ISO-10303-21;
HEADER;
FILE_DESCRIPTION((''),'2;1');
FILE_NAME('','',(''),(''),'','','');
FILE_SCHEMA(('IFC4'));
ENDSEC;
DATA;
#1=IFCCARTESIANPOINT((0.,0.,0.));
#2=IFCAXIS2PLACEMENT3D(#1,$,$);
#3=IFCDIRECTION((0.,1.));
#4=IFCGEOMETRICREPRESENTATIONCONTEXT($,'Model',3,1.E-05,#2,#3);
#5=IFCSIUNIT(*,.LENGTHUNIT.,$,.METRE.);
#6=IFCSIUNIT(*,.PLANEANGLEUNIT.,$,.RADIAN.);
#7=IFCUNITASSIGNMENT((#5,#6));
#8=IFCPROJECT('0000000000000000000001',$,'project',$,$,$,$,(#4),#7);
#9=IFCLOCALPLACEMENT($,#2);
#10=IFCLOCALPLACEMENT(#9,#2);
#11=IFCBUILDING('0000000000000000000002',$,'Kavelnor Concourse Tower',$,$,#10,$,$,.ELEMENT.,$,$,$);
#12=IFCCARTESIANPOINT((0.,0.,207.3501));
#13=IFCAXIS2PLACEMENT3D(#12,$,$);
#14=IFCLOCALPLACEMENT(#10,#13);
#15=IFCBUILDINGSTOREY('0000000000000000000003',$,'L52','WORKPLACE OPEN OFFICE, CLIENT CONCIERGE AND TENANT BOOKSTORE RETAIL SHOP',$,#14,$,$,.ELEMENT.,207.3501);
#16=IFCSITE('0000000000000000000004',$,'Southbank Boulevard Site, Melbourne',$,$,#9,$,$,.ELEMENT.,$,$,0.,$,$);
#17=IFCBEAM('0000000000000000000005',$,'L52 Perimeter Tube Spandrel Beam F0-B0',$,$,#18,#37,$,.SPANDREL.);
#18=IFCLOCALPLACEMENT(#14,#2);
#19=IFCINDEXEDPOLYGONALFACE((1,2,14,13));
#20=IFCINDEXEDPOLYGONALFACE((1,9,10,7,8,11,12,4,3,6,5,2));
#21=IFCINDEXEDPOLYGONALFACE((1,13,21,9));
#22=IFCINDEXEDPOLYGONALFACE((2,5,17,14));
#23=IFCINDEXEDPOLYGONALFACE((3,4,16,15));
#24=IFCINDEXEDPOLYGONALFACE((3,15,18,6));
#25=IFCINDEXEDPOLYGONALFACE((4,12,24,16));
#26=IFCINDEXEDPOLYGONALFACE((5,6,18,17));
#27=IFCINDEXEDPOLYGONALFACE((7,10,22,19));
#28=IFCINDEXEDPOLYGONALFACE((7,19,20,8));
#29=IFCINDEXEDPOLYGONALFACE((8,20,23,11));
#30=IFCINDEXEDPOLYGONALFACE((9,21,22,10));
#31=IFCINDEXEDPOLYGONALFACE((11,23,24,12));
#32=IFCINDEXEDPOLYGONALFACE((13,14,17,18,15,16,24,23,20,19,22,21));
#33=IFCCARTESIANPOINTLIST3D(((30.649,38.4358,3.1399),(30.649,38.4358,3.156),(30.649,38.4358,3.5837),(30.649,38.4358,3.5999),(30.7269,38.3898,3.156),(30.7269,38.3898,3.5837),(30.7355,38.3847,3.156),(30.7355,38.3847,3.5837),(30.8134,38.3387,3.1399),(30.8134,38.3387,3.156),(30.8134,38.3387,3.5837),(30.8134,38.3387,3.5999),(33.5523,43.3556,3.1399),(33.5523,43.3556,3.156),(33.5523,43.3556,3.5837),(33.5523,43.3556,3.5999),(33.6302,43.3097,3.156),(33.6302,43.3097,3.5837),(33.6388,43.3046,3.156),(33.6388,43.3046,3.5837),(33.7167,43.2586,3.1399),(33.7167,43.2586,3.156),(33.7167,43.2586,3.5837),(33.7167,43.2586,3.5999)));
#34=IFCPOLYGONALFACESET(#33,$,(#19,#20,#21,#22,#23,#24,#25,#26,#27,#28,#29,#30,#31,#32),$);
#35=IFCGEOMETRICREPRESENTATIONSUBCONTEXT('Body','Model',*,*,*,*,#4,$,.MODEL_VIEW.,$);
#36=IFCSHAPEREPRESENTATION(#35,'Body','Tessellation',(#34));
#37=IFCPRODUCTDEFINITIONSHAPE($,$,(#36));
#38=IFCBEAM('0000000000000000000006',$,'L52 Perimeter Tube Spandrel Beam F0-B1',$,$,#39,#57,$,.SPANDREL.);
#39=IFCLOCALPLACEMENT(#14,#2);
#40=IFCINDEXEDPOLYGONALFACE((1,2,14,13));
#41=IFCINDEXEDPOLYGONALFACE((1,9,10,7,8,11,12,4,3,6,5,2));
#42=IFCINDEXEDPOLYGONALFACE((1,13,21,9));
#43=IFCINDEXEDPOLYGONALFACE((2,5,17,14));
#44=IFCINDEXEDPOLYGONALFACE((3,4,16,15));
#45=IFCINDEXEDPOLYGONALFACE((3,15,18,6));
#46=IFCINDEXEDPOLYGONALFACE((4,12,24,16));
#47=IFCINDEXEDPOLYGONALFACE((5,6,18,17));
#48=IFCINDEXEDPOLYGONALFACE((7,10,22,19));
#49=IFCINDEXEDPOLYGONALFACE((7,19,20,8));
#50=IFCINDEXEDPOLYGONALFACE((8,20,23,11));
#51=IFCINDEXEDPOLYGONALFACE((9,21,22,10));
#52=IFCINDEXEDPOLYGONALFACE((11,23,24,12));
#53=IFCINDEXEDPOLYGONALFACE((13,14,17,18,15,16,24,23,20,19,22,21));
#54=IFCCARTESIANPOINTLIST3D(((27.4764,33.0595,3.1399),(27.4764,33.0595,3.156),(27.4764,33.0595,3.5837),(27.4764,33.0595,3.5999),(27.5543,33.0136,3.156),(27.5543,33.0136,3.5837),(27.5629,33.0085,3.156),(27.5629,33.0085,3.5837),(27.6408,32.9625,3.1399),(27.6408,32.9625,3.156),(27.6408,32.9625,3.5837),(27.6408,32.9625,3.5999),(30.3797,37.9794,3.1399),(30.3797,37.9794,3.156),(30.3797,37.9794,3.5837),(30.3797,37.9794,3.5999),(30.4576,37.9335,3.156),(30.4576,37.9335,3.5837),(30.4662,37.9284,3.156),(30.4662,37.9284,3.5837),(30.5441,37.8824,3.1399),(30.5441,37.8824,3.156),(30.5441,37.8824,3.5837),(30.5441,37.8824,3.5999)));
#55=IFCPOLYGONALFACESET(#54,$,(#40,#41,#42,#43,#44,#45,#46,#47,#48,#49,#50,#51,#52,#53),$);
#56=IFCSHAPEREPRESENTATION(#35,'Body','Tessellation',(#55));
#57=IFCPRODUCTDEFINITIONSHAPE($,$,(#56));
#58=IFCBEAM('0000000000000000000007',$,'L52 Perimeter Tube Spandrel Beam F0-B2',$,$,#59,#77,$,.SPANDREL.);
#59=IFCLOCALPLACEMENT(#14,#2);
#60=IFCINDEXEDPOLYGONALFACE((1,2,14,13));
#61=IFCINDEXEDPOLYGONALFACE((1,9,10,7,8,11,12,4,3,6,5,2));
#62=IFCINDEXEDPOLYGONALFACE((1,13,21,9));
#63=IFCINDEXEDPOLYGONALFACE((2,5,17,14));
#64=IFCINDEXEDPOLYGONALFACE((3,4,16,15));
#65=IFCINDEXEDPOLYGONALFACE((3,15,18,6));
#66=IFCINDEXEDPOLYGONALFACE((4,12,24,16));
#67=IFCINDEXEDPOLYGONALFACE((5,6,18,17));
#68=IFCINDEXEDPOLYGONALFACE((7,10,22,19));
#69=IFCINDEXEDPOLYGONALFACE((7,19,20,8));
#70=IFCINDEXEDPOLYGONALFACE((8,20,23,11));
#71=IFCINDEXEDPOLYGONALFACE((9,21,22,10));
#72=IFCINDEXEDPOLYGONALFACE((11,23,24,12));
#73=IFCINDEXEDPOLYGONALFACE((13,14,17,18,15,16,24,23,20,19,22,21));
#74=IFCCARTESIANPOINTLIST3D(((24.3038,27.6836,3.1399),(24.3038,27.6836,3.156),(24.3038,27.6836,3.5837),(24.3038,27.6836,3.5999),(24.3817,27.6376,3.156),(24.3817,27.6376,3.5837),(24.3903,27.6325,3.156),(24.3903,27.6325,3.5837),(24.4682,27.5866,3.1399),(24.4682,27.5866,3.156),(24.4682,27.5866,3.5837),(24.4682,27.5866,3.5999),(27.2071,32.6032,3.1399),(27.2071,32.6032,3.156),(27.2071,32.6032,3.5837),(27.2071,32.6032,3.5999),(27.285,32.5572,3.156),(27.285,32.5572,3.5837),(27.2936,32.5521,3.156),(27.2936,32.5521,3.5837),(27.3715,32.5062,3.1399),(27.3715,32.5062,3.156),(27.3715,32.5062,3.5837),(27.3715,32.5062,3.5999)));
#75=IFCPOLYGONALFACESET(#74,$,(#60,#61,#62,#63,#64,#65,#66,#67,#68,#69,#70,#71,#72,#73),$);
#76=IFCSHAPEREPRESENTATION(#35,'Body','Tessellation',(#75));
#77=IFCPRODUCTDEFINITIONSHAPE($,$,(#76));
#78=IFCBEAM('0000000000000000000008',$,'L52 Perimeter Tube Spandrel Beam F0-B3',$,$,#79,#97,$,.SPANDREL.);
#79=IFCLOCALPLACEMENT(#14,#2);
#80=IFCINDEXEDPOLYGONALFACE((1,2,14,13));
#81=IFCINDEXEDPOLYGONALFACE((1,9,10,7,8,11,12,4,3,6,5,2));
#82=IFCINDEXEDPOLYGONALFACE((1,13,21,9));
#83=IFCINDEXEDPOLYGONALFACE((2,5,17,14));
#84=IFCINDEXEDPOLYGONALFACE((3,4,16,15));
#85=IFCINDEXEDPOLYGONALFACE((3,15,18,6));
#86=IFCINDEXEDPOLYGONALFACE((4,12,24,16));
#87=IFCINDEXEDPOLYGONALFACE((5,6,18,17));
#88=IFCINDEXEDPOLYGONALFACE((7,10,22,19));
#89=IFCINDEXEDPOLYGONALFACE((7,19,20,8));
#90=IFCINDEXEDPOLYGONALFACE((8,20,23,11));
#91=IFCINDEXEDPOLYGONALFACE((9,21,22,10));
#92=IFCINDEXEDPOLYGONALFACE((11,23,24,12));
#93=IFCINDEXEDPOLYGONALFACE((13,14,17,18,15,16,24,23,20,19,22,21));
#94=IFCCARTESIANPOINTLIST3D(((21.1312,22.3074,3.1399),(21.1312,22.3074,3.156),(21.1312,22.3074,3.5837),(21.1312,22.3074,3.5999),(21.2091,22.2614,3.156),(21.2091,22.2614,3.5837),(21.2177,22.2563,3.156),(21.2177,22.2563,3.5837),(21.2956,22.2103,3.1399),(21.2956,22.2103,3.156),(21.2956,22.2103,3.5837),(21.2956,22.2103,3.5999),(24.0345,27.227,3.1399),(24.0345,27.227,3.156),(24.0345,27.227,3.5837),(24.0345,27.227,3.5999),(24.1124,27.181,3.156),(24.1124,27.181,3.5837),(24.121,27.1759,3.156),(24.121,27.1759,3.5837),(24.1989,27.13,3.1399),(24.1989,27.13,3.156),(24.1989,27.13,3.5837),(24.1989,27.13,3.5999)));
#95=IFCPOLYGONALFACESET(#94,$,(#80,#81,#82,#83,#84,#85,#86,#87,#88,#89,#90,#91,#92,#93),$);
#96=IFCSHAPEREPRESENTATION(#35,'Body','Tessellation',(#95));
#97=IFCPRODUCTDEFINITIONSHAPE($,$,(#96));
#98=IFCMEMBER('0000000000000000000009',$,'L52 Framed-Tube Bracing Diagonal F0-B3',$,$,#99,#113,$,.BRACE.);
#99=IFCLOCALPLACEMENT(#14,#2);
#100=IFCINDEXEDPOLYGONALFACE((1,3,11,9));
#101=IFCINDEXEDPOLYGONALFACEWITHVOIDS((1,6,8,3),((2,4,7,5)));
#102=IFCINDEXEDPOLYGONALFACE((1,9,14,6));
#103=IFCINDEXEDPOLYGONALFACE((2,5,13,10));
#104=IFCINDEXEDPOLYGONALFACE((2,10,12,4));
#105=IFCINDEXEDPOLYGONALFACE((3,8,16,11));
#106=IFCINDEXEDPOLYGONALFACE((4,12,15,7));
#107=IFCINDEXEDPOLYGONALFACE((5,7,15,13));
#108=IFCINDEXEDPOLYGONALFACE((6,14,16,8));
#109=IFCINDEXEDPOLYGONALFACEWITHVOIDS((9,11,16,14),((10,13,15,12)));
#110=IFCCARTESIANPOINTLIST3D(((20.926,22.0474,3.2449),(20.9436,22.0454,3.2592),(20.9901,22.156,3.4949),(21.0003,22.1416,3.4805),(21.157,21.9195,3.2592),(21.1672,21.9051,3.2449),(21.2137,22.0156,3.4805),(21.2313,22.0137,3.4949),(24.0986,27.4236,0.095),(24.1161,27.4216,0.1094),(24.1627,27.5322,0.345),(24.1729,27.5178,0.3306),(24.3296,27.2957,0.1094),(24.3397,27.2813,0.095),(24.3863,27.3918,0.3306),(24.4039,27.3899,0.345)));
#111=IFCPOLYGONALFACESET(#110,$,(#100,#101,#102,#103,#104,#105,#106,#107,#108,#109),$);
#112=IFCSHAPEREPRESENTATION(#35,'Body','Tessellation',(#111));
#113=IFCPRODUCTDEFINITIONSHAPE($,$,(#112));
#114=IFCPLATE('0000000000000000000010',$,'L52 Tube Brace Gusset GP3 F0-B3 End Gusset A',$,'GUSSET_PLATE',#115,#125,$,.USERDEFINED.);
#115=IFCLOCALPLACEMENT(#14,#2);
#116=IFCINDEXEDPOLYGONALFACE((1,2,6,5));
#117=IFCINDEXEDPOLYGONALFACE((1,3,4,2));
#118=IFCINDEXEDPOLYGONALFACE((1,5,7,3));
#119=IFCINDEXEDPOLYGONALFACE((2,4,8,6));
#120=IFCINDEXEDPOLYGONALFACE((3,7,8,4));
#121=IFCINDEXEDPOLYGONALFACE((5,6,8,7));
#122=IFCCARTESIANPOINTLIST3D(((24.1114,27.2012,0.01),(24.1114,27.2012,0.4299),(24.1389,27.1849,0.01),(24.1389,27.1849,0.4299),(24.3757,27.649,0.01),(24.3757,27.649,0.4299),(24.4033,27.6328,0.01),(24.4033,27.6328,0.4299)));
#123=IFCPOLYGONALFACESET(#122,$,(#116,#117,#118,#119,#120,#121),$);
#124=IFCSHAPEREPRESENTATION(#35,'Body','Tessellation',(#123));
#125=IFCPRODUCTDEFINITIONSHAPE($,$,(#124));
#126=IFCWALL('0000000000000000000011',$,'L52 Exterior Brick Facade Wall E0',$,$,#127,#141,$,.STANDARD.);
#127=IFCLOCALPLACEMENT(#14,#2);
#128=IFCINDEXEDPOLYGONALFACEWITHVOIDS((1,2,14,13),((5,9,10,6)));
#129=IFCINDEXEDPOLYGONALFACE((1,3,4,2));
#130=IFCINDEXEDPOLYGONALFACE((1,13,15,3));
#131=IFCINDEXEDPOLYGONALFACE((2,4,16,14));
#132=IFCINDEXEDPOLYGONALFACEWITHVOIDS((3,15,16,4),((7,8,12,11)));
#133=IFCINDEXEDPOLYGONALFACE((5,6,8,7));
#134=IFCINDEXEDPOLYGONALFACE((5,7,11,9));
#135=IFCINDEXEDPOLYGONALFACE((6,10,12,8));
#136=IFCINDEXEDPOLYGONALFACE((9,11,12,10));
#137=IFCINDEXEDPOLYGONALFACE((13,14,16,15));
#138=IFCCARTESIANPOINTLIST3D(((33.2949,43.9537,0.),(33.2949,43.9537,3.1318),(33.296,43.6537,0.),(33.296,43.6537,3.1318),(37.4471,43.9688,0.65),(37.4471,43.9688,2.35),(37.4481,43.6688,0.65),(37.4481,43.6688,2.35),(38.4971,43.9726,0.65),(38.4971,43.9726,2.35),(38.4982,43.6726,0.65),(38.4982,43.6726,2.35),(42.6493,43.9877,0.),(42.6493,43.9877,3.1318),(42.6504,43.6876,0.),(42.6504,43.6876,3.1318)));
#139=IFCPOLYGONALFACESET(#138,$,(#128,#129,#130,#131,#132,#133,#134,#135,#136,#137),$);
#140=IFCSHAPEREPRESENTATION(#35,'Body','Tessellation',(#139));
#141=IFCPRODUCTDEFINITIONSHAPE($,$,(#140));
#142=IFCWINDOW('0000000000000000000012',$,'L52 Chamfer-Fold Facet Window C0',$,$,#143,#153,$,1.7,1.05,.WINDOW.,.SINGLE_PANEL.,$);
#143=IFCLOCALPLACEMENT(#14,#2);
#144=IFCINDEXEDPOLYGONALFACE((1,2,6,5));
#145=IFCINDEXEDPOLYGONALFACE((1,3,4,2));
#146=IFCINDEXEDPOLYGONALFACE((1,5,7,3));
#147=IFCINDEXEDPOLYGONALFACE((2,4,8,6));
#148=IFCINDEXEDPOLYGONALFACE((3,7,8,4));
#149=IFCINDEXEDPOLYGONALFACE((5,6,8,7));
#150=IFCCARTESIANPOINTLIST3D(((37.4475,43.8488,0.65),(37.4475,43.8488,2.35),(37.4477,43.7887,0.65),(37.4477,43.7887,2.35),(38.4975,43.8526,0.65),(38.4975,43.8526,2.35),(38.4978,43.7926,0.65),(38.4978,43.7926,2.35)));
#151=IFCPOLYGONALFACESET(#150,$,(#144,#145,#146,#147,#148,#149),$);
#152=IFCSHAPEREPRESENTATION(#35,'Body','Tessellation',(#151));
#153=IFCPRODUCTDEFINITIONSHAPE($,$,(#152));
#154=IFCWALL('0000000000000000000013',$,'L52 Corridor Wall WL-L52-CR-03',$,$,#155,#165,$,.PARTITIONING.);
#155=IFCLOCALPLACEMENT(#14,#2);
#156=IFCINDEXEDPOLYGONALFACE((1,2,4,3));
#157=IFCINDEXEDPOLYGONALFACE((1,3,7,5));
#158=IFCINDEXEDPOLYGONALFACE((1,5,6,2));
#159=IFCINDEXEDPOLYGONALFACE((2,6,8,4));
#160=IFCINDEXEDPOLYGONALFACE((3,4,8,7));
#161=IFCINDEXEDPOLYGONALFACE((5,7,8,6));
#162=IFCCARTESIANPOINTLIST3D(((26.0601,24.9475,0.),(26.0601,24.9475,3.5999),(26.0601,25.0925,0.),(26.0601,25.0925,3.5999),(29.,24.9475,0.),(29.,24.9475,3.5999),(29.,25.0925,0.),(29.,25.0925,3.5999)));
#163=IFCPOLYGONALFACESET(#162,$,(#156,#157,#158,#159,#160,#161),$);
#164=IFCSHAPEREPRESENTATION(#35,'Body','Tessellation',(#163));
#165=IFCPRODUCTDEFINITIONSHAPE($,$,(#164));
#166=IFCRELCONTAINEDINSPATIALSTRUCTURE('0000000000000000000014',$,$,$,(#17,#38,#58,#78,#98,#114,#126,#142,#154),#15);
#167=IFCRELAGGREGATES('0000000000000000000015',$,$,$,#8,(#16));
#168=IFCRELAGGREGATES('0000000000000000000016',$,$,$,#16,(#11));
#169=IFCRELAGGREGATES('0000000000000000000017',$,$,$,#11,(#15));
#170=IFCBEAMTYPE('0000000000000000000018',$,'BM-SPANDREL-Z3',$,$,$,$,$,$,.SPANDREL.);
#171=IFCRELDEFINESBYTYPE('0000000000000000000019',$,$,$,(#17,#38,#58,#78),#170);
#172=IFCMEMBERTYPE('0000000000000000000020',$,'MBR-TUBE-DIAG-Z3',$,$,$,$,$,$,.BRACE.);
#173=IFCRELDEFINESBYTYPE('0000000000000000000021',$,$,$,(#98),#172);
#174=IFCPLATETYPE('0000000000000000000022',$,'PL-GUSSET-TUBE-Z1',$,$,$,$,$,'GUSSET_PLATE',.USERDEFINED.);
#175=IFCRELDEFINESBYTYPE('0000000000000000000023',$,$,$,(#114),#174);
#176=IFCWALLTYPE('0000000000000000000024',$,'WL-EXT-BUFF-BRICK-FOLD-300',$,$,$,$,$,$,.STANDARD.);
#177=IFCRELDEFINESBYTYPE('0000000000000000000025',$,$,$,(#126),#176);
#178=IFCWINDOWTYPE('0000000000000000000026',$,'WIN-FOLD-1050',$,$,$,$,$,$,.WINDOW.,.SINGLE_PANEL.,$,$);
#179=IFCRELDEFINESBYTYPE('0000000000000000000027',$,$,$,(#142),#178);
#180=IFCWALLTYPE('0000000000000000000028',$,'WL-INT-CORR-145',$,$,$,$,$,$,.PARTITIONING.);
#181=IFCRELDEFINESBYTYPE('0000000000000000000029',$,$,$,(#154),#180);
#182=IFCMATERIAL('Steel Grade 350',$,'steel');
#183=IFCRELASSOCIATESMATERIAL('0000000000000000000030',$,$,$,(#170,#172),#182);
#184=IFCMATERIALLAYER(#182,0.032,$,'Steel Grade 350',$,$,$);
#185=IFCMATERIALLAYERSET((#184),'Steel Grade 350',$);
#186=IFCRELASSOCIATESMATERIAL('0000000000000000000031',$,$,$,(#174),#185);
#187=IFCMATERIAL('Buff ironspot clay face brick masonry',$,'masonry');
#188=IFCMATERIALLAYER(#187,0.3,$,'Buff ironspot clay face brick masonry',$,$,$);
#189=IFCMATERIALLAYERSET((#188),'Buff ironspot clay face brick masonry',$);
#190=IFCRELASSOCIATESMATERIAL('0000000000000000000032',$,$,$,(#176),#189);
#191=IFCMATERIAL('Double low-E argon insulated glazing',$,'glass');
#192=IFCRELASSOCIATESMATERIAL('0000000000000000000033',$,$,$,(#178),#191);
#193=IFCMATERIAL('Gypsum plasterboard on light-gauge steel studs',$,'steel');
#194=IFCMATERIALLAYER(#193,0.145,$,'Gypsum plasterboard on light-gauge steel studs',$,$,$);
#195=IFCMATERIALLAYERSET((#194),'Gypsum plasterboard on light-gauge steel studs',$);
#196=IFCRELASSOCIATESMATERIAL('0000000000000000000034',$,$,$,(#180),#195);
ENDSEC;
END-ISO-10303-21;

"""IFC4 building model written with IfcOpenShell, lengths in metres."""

from ifc_helpers import new_model, si_unit, direction, frame, frame_2d, origin, origin_2d, place, context, subcontext, project, spatial, rectangle, hollow_rectangle, i_section, extrude, material, layer, layer_set, material_profile, profile_set, type_object, element, fill, save


model = new_model("IFC4")

# Units and contexts
model_context = context("Model", 3, precision=1e-05, world=origin(), true_north=direction((0.0, 1.0)))
body_context = subcontext(model_context, "Body", "Model", "MODEL_VIEW")
ifc_project = project(units=[si_unit("LENGTHUNIT", "METRE"), si_unit("PLANEANGLEUNIT", "RADIAN")], contexts=[model_context])

# Site, building, storey
site_placement = place(None, origin())
site = spatial("IfcSite", under=ifc_project, at=site_placement, Name="Southbank Boulevard Site, Melbourne", CompositionType="ELEMENT", RefElevation=0.0)
building_placement = place(site_placement, origin())
building = spatial("IfcBuilding", under=site, at=building_placement, Name="Kavelnor Concourse Tower", CompositionType="ELEMENT")
storey_placement = place(building_placement, frame((0.0, 0.0, 207.3501)))
storey = spatial("IfcBuildingStorey", under=building, at=storey_placement, Name="L52", Description="WORKPLACE OPEN OFFICE, CLIENT CONCIERGE AND TENANT BOOKSTORE RETAIL SHOP", CompositionType="ELEMENT", Elevation=207.3501)

# Shared definitions
ifc_material_1 = material(Name="Steel Grade 350", Category="steel")

# Beams
ifc_material_profile_1 = material_profile(ifc_material_1, i_section(OverallWidth=0.1909, OverallDepth=0.46, WebThickness=0.01, FlangeThickness=0.0161, at=origin_2d()), Name="460UB82")
ifc_profile_set_1 = profile_set([ifc_material_profile_1], Name="Steel Grade 350")
beam_type_1 = type_object("IfcBeamType", Name="BM-SPANDREL-Z3", PredefinedType="SPANDREL", material=ifc_profile_set_1)
for number, where, z_axis, x_axis, name in (
    (1, (33.6345, 43.3071, 3.3699), (-0.508222, -0.861226, 0.0), (0.861226, -0.508222, 0.0), "L52 Perimeter Tube Spandrel Beam F0-B0"),
    (2, (30.4619, 37.9309, 3.3699), (-0.508222, -0.861226, 0.0), (0.861226, -0.508222, 0.0), "L52 Perimeter Tube Spandrel Beam F0-B1"),
):
    element("IfcBeam", number, at=place(storey_placement, frame(where, z_axis=z_axis, x_axis=x_axis)), inside=storey, type_object=beam_type_1, Name=name, PredefinedType="SPANDREL", context=body_context, shape_type="SweptSolid", body=[
        extrude(i_section(OverallWidth=0.1909, OverallDepth=0.46, WebThickness=0.01, FlangeThickness=0.0161, at=origin_2d()), origin(), (0.0, 0.0, 1.0), 5.7126),
    ])
for number, where, z_axis, x_axis, name in (
    (3, (27.2893, 32.5547, 3.3699), (-0.508241, -0.861215, 0.0), (0.861215, -0.508241, 0.0), "L52 Perimeter Tube Spandrel Beam F0-B2"),
    (4, (24.1167, 27.1785, 3.3699), (-0.508241, -0.861215, 0.0), (0.861215, -0.508241, 0.0), "L52 Perimeter Tube Spandrel Beam F0-B3"),
):
    element("IfcBeam", number, at=place(storey_placement, frame(where, z_axis=z_axis, x_axis=x_axis)), inside=storey, type_object=beam_type_1, Name=name, PredefinedType="SPANDREL", context=body_context, shape_type="SweptSolid", body=[
        extrude(i_section(OverallWidth=0.1909, OverallDepth=0.46, WebThickness=0.01, FlangeThickness=0.0161, at=origin_2d()), origin(), (0.0, 0.0, 1.0), 5.7124),
    ])

# Member
ifc_material_profile_2 = material_profile(ifc_material_1, hollow_rectangle(XDim=0.28, YDim=0.28, WallThickness=0.0161, at=origin_2d()), Name="SHS 280x280x16")
ifc_profile_set_2 = profile_set([ifc_material_profile_2], Name="Steel Grade 350")
member_type = type_object("IfcMemberType", Name="MBR-TUBE-DIAG-Z3", PredefinedType="BRACE", material=ifc_profile_set_2)
member_placement = place(storey_placement, frame((24.2512, 27.4067, 0.22), z_axis=(-0.453734, -0.768887, 0.450487), x_axis=(0.861225, -0.508225, 0.0)))
element("IfcMember", 5, at=member_placement, inside=storey, type_object=member_type, Name="L52 Framed-Tube Bracing Diagonal F0-B3", PredefinedType="BRACE", context=body_context, shape_type="SweptSolid", body=[
    extrude(hollow_rectangle(XDim=0.28, YDim=0.28, WallThickness=0.0161, at=origin_2d()), origin(), (0.0, 0.0, 1.0), 6.9922),
])

# Plate
ifc_layer_1 = layer(ifc_material_1, 0.032, Name="Steel Grade 350")
ifc_layer_set_1 = layer_set([ifc_layer_1], Name="Steel Grade 350")
plate_type = type_object("IfcPlateType", Name="PL-GUSSET-TUBE-Z1", ElementType="GUSSET_PLATE", PredefinedType="USERDEFINED", material=ifc_layer_set_1)
plate_placement = place(storey_placement, frame((24.2573, 27.417, 0.01), z_axis=(0.0, 0.0, 1.0), x_axis=(-0.50829, -0.861186, 0.0)))
element("IfcPlate", 6, at=plate_placement, inside=storey, type_object=plate_type, Name="L52 Tube Brace Gusset GP3 F0-B3 End Gusset A", ObjectType="GUSSET_PLATE", PredefinedType="USERDEFINED", context=body_context, shape_type="SweptSolid", body=[
    extrude(rectangle(XDim=0.52, YDim=0.032, at=origin_2d()), origin(), (0.0, 0.0, 1.0), 0.4199),
])

# Wall, opening, window
ifc_material_2 = material(Name="Buff ironspot clay face brick masonry", Category="masonry")
ifc_layer_2 = layer(ifc_material_2, 0.3, Name="Buff ironspot clay face brick masonry")
ifc_layer_set_2 = layer_set([ifc_layer_2], Name="Buff ironspot clay face brick masonry")
wall_type_1 = type_object("IfcWallType", Name="WL-EXT-BUFF-BRICK-FOLD-300", PredefinedType="STANDARD", material=ifc_layer_set_2)
wall_1_placement = place(storey_placement, frame((33.2954, 43.8037, 0.0), z_axis=(0.0, 0.0, 1.0), x_axis=(0.999993, 0.003628, 0.0)))
wall_1 = element("IfcWall", 7, at=wall_1_placement, inside=storey, type_object=wall_type_1, Name="L52 Exterior Brick Facade Wall E0", PredefinedType="STANDARD", context=body_context, shape_type="SweptSolid", body=[
    extrude(rectangle(XDim=9.3545, YDim=0.3, at=frame_2d((4.6772, 0.0))), origin(), (0.0, 0.0, 1.0), 3.1318),
])
opening_1_placement = place(wall_1_placement, frame((4.1523, 0.0, 0.6499)))
opening_1 = element("IfcOpeningElement", 8, at=opening_1_placement, cuts=wall_1, PredefinedType="OPENING", context=body_context, shape_type="SweptSolid", body=[
    extrude(rectangle(XDim=1.05, YDim=1.7, at=frame_2d((0.5249, 0.8501))), frame((0.0, 0.1602, 0.0), z_axis=(0.0, -1.0, 0.0), x_axis=(1.0, 0.0, 0.0)), (0.0, 0.0, 1.0), 0.3201),
])
ifc_material_3 = material(Name="Double low-E argon insulated glazing", Category="glass")
window_type = type_object("IfcWindowType", Name="WIN-FOLD-1050", PartitioningType="SINGLE_PANEL", PredefinedType="WINDOW", material=ifc_material_3)
window_placement = place(opening_1_placement, origin())
window = element("IfcWindow", 9, at=window_placement, inside=storey, type_object=window_type, Name="L52 Chamfer-Fold Facet Window C0", OverallHeight=1.7, OverallWidth=1.05, PartitioningType="SINGLE_PANEL", PredefinedType="WINDOW", context=body_context, shape_type="SweptSolid", body=[
    extrude(rectangle(XDim=1.05, YDim=1.7, at=frame_2d((0.5249, 0.8501))), frame((0.0, 0.03, 0.0), z_axis=(0.0, -1.0, 0.0), x_axis=(1.0, 0.0, 0.0)), (0.0, 0.0, 1.0), 0.0601),
])
fill(opening_1, window)

# Wall
ifc_material_4 = material(Name="Gypsum plasterboard on light-gauge steel studs", Category="steel")
ifc_layer_3 = layer(ifc_material_4, 0.145, Name="Gypsum plasterboard on light-gauge steel studs")
ifc_layer_set_3 = layer_set([ifc_layer_3], Name="Gypsum plasterboard on light-gauge steel studs")
wall_type_2 = type_object("IfcWallType", Name="WL-INT-CORR-145", PredefinedType="PARTITIONING", material=ifc_layer_set_3)
wall_2_placement = place(storey_placement, frame((26.0601, 25.02, 0.0), z_axis=(0.0, 0.0, 1.0), x_axis=(1.0, 0.0, 0.0)))
element("IfcWall", 10, at=wall_2_placement, inside=storey, type_object=wall_type_2, Name="L52 Corridor Wall WL-L52-CR-03", PredefinedType="PARTITIONING", context=body_context, shape_type="SweptSolid", body=[
    extrude(rectangle(XDim=2.9399, YDim=0.145, at=frame_2d((1.47, 0.0))), origin(), (0.0, 0.0, 1.0), 3.5999),
])

save(model, "model.ifc")
